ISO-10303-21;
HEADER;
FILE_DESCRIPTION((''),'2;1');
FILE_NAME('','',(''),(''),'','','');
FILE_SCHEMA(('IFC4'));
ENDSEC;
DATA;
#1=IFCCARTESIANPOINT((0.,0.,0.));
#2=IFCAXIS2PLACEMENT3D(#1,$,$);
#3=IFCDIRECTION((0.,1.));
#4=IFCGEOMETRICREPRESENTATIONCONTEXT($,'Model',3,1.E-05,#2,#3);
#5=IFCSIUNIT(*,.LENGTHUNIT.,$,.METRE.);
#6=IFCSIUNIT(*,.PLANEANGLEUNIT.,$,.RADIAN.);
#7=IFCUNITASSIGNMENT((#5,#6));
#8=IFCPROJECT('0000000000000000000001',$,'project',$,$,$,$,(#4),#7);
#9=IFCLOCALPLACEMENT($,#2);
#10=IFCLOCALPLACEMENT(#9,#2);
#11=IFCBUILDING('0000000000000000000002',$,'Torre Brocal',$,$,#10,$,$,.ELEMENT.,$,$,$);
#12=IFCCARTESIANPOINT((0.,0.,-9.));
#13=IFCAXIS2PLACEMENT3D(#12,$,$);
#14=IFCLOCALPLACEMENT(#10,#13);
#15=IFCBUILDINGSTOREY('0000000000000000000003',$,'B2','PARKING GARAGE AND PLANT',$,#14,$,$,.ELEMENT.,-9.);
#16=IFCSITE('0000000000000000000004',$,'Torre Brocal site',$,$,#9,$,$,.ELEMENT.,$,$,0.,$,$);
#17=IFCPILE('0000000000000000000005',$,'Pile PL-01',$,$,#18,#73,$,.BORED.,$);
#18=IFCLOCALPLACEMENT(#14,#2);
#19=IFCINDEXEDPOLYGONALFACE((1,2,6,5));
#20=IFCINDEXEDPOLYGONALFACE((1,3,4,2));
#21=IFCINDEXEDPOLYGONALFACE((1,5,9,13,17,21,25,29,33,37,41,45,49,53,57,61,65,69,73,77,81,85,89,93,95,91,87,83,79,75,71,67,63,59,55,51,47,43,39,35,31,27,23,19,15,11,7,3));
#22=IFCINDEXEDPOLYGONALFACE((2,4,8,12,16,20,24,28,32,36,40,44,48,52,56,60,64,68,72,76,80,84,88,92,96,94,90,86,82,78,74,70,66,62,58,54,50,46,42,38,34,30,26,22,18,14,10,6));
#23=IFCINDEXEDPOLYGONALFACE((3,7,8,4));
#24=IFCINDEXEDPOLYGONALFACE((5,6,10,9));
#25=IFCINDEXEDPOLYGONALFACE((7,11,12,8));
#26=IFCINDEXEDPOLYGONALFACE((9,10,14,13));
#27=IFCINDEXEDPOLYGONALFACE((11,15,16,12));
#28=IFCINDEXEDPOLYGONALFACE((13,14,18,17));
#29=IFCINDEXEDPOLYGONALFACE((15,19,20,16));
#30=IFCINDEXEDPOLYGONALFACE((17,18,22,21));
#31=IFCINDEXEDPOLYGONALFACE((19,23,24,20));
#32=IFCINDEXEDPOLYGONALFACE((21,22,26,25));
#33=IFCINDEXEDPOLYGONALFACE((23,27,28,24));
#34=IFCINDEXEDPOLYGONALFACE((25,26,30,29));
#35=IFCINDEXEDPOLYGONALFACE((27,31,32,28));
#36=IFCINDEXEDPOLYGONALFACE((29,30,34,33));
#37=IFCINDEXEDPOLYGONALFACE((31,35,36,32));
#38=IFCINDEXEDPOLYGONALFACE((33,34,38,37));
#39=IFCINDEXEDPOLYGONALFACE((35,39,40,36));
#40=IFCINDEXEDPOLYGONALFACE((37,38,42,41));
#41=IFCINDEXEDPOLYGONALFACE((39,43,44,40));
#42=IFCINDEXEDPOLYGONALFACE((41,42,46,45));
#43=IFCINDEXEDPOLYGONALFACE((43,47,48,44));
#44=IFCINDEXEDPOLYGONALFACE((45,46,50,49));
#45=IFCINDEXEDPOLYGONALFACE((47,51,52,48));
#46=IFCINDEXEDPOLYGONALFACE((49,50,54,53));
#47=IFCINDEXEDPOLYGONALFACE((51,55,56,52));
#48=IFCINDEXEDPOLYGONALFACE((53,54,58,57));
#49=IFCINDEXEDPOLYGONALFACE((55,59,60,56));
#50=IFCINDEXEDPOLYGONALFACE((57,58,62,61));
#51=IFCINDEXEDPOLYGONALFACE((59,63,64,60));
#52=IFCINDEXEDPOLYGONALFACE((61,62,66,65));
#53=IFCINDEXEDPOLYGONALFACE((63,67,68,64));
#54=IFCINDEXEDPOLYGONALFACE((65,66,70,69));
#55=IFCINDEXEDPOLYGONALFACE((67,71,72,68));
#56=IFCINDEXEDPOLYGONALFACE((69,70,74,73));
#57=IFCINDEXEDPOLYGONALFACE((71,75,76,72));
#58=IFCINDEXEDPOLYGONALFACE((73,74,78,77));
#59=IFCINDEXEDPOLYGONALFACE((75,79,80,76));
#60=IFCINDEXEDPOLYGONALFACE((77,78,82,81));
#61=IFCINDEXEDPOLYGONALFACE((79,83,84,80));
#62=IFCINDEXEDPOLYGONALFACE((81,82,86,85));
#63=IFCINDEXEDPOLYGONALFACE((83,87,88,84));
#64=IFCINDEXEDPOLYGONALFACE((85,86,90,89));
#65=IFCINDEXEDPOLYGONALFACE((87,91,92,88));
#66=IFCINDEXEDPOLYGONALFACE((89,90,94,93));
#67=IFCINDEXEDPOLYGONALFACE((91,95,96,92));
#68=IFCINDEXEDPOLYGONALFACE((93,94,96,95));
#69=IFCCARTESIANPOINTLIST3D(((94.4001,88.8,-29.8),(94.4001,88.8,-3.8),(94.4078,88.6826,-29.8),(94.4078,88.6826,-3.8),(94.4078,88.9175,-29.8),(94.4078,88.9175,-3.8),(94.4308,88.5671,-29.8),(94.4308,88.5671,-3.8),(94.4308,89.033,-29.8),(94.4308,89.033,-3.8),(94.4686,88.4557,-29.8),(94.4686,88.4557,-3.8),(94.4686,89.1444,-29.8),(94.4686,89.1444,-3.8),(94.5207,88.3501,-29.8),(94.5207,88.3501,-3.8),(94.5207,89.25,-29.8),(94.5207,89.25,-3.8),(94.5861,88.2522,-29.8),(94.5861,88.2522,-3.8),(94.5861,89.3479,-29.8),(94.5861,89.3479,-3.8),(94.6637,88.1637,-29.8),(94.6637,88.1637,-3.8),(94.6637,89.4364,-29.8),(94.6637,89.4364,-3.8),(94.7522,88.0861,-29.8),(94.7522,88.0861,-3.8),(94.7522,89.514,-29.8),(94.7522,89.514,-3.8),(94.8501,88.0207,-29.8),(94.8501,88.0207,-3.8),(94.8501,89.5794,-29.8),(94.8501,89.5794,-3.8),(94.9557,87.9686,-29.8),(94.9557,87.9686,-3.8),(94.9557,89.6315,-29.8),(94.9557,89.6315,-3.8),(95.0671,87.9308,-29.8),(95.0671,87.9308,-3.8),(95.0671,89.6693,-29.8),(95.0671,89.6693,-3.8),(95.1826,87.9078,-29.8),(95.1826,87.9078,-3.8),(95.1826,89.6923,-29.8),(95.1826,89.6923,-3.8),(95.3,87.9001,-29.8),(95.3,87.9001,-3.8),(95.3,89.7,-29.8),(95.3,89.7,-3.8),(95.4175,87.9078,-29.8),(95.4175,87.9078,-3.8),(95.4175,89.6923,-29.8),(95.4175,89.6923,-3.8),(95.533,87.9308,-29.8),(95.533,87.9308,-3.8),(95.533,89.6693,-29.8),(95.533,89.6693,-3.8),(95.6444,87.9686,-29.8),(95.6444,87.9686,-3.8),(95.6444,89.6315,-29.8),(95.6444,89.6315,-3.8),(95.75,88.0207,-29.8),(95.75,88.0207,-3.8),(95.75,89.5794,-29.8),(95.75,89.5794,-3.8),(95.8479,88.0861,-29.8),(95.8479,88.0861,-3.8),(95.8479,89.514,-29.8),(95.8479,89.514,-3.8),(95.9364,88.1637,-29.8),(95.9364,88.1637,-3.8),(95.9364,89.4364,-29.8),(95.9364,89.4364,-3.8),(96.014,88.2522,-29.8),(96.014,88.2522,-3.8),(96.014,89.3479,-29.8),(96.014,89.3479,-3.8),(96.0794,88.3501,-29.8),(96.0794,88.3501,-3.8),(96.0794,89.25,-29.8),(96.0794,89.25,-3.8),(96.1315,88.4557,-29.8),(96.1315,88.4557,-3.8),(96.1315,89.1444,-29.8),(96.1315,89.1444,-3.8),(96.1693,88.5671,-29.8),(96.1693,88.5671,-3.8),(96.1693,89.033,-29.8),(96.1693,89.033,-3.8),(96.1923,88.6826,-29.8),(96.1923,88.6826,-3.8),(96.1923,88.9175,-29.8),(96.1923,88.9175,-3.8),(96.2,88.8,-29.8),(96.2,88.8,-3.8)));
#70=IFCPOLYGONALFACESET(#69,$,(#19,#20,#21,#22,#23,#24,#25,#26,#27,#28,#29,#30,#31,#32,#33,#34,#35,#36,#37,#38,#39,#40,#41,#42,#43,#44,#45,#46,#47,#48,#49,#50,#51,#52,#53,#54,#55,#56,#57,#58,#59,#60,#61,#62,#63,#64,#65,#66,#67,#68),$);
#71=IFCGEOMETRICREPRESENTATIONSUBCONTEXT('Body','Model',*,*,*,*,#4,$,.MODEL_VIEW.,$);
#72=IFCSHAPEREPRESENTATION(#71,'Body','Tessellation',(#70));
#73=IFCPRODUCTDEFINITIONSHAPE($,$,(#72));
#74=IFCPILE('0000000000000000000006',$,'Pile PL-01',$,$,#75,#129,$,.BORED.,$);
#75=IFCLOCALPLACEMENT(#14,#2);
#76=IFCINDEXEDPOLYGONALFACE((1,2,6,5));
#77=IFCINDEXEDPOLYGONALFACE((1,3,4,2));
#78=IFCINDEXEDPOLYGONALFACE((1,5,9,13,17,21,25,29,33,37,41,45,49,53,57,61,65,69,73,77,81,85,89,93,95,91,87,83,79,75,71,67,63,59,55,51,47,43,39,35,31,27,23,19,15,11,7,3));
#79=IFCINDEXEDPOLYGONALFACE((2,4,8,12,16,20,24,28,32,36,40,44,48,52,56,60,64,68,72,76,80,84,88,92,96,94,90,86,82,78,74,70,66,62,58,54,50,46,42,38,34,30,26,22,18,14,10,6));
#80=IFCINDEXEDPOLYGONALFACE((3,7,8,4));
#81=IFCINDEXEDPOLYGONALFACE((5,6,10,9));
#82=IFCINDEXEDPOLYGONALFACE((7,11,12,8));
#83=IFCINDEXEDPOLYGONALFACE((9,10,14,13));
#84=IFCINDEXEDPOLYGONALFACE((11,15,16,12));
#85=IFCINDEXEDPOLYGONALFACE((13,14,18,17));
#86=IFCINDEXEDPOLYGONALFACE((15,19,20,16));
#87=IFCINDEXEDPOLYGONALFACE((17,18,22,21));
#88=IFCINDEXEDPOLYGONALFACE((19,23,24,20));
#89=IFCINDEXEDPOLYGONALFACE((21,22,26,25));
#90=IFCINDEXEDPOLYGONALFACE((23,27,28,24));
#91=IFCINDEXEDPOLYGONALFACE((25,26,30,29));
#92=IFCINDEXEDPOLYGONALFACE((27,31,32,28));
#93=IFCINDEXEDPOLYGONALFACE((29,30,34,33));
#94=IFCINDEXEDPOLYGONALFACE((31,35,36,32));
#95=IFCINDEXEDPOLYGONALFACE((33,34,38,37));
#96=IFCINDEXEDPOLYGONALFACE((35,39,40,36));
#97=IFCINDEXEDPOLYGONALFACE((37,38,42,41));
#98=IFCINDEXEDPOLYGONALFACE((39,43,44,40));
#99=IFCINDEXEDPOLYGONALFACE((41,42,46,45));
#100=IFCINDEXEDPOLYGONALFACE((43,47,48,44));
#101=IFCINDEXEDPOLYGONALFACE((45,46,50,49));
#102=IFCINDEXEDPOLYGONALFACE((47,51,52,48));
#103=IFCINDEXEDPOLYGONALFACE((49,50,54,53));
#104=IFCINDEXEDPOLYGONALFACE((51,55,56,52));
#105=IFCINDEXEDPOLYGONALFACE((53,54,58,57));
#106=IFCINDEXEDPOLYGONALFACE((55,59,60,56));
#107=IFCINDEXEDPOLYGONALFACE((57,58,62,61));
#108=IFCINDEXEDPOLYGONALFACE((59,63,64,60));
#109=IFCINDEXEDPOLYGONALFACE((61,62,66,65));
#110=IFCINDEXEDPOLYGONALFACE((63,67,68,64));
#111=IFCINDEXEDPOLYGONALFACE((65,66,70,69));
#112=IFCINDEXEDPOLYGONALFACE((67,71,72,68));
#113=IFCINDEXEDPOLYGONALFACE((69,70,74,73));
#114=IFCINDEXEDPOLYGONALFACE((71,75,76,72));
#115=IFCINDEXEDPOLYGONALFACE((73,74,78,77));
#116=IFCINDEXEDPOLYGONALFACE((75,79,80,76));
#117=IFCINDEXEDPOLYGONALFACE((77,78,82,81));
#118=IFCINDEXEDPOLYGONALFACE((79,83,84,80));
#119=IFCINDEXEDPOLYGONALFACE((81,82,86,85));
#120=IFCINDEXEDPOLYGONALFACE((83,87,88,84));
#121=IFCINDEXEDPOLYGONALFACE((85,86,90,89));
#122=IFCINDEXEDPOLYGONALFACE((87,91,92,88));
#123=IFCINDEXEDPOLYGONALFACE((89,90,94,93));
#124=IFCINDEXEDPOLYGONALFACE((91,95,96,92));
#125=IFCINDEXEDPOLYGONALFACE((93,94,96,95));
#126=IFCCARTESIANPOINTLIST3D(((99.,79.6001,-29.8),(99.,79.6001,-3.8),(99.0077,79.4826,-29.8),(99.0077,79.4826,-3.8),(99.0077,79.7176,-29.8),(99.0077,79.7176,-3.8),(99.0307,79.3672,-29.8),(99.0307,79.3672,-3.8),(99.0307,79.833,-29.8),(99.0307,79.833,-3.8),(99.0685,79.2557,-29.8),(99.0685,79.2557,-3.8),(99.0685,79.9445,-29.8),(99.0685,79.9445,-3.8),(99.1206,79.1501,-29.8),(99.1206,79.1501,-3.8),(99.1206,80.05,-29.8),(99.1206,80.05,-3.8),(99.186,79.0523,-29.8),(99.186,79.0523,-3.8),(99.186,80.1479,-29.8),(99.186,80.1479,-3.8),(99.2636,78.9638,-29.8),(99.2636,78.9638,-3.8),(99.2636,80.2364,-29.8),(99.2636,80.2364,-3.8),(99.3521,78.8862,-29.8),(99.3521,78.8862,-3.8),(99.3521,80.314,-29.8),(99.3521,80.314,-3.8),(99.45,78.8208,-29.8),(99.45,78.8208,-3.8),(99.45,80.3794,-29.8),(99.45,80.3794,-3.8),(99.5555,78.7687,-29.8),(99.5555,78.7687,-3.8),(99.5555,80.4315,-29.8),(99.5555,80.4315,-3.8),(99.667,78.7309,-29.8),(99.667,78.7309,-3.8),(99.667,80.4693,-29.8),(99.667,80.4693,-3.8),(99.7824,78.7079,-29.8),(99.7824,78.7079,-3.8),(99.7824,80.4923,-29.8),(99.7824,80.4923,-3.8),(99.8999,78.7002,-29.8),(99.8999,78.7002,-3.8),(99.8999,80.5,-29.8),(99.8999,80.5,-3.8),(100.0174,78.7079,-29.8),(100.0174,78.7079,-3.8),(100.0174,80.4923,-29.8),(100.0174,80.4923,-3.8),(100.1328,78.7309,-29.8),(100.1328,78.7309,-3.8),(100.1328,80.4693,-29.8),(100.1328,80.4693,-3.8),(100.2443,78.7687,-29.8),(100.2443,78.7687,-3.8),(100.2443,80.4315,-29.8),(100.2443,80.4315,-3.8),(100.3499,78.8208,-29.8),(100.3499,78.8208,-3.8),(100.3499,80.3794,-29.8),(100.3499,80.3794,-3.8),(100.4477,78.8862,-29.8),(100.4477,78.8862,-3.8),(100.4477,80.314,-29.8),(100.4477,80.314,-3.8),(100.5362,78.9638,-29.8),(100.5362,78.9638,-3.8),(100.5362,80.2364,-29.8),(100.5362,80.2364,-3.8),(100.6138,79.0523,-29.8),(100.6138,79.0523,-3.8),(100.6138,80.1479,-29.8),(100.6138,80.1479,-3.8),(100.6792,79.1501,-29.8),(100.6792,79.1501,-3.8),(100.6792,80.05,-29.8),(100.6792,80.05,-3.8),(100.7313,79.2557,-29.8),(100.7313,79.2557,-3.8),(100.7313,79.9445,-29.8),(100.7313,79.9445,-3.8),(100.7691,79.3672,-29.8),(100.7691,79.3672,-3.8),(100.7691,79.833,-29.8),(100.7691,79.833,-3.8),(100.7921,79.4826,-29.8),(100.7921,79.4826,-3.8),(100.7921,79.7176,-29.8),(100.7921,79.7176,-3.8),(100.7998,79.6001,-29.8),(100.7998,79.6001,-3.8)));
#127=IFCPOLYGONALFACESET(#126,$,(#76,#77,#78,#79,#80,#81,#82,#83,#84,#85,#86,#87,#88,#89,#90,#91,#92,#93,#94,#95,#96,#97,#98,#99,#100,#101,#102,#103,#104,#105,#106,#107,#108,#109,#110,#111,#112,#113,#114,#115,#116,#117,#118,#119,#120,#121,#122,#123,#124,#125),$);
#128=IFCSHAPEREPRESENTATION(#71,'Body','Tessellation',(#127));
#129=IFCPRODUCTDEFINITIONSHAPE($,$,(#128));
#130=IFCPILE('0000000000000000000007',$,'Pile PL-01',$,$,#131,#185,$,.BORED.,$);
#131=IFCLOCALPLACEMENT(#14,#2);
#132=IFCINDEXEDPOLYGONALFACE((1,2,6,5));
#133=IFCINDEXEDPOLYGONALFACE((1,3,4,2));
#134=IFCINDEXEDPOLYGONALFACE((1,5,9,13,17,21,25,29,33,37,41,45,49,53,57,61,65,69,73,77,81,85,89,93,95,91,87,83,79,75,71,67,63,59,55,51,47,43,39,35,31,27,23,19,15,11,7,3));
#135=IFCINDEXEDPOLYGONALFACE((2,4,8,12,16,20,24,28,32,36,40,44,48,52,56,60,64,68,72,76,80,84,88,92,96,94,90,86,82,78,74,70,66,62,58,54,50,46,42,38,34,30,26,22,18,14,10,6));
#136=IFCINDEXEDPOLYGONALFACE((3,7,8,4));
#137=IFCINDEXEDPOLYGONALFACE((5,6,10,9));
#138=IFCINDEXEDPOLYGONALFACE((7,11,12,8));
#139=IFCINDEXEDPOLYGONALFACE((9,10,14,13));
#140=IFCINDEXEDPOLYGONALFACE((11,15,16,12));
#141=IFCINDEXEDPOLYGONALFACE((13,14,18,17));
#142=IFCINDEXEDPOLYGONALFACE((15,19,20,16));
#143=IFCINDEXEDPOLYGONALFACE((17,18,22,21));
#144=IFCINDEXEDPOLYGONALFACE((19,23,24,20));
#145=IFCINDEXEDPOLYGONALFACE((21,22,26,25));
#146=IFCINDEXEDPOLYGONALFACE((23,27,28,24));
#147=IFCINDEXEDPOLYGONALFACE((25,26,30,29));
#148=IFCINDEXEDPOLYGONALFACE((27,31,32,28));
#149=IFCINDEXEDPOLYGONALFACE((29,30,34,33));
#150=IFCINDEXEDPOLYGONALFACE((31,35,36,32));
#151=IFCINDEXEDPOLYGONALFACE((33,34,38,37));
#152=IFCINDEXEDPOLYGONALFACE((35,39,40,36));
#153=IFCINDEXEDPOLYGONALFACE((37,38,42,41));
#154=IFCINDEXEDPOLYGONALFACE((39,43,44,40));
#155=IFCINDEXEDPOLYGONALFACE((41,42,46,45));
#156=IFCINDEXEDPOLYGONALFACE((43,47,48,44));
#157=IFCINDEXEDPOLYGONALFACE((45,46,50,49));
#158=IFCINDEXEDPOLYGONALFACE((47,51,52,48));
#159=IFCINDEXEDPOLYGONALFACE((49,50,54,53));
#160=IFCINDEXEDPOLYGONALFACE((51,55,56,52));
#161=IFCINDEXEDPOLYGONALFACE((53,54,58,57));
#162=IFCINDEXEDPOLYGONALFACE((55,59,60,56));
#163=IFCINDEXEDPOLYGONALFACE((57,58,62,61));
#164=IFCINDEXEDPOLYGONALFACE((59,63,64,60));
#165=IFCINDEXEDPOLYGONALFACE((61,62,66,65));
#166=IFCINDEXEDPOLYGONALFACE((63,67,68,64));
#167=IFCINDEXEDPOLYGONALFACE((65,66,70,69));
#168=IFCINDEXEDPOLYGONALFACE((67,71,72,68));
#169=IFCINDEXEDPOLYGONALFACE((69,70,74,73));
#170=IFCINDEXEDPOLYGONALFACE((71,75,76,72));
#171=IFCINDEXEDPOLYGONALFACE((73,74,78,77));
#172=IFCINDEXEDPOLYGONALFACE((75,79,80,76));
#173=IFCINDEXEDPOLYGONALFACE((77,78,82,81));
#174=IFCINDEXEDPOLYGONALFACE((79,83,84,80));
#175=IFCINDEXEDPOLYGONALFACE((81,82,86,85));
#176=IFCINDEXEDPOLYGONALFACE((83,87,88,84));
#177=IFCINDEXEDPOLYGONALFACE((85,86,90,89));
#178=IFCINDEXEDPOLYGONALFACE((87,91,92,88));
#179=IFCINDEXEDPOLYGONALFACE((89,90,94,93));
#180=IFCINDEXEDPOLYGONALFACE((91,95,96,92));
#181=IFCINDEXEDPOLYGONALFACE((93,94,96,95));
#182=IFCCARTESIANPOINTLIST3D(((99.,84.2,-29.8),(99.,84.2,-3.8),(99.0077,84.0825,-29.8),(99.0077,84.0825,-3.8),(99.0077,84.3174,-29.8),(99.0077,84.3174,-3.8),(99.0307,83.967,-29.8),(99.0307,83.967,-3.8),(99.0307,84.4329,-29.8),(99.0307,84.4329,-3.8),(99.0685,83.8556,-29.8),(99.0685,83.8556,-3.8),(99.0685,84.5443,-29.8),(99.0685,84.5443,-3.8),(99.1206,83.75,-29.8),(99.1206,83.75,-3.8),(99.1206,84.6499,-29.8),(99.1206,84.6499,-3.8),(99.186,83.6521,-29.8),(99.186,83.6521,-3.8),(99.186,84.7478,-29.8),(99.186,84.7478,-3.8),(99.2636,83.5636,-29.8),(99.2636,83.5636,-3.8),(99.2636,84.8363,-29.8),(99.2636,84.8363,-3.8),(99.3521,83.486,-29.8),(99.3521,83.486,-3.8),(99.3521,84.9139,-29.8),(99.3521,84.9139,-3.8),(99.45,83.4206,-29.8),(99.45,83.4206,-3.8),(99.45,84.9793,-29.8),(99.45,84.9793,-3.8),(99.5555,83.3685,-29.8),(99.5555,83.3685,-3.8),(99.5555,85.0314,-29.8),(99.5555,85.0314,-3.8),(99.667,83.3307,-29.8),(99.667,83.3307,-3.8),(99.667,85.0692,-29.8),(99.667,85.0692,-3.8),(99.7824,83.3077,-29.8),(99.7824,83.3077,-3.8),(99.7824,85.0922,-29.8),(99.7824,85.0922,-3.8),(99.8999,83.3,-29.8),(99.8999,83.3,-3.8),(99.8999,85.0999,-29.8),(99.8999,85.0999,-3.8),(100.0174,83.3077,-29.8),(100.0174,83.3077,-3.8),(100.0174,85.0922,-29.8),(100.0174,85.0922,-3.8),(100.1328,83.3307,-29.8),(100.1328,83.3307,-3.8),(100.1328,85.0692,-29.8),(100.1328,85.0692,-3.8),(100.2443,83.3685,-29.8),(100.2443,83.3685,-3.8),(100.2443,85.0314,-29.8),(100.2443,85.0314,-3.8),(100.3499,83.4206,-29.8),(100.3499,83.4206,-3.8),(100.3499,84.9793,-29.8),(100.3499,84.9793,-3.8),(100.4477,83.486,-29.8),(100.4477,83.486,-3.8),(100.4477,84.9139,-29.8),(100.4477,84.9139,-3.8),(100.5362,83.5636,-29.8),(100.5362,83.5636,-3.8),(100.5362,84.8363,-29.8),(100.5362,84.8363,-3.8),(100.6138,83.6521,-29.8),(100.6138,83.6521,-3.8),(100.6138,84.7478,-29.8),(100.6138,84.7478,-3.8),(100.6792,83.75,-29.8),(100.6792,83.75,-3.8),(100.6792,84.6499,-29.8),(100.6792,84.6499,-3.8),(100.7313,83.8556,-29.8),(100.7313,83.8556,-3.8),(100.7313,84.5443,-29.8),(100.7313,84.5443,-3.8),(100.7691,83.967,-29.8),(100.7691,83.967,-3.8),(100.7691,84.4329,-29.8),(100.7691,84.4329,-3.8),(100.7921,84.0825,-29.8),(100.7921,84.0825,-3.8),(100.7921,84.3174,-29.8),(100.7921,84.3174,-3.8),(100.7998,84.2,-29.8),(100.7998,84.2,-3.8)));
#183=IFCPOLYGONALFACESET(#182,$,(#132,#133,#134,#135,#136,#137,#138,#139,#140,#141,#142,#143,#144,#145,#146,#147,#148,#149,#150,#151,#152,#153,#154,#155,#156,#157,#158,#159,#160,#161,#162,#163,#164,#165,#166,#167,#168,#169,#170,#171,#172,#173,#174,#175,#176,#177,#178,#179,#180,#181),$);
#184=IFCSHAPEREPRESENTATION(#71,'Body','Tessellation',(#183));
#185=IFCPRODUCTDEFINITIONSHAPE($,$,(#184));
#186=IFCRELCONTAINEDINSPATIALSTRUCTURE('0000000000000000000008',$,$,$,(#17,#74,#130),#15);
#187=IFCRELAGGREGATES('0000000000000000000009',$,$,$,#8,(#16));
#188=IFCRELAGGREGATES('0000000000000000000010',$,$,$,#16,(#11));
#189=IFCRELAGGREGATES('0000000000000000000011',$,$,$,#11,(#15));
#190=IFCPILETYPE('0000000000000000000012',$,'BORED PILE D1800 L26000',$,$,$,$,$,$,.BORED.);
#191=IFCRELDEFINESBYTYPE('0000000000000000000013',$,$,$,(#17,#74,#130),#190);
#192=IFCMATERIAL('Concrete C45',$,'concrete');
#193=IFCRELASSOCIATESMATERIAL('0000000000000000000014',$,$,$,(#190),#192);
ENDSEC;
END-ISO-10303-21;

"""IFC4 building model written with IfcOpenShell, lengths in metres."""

from ifc_helpers import new_model, si_unit, direction, frame, origin, origin_2d, place, context, subcontext, project, spatial, circle, extrude, material, material_profile, profile_set, type_object, element, save


model = new_model("IFC4")

# Units and contexts
model_context = context("Model", 3, precision=1e-05, world=origin(), true_north=direction((0.0, 1.0)))
body_context = subcontext(model_context, "Body", "Model", "MODEL_VIEW")
ifc_project = project(units=[si_unit("LENGTHUNIT", "METRE"), si_unit("PLANEANGLEUNIT", "RADIAN")], contexts=[model_context])

# Site, building, storey
site_placement = place(None, origin())
site = spatial("IfcSite", under=ifc_project, at=site_placement, Name="Torre Brocal site", CompositionType="ELEMENT", RefElevation=0.0)
building_placement = place(site_placement, origin())
building = spatial("IfcBuilding", under=site, at=building_placement, Name="Torre Brocal", CompositionType="ELEMENT")
storey_placement = place(building_placement, frame((0.0, 0.0, -9.0)))
storey = spatial("IfcBuildingStorey", under=building, at=storey_placement, Name="B2", Description="PARKING GARAGE AND PLANT", CompositionType="ELEMENT", Elevation=-9.0)

# Piles
ifc_material_1 = material(Name="Concrete C45", Category="concrete")
ifc_material_profile_1 = material_profile(ifc_material_1, circle(Radius=0.8999, at=origin_2d()), Name="BORED PILE D1800")
ifc_profile_set_1 = profile_set([ifc_material_profile_1], Name="Concrete C45")
pile_type_1 = type_object("IfcPileType", Name="BORED PILE D1800 L26000", PredefinedType="BORED", material=ifc_profile_set_1)
for number, where, z_axis, x_axis, name in (
    (1, (95.3, 88.8, -3.8), (0.0, 0.0, -1.0), (1.0, 0.0, 0.0), "Pile PL-01"),
    (2, (99.8999, 79.6001, -3.8), (0.0, 0.0, -1.0), (1.0, 0.0, 0.0), "Pile PL-01"),
    (3, (99.8999, 84.2, -3.8), (0.0, 0.0, -1.0), (1.0, 0.0, 0.0), "Pile PL-01"),
):
    element("IfcPile", number, at=place(storey_placement, frame(where, z_axis=z_axis, x_axis=x_axis)), inside=storey, type_object=pile_type_1, Name=name, PredefinedType="BORED", context=body_context, shape_type="SweptSolid", body=[
        extrude(circle(Radius=0.8999, at=origin_2d()), origin(), (0.0, 0.0, 1.0), 26.0),
    ])

save(model, "model.ifc")
